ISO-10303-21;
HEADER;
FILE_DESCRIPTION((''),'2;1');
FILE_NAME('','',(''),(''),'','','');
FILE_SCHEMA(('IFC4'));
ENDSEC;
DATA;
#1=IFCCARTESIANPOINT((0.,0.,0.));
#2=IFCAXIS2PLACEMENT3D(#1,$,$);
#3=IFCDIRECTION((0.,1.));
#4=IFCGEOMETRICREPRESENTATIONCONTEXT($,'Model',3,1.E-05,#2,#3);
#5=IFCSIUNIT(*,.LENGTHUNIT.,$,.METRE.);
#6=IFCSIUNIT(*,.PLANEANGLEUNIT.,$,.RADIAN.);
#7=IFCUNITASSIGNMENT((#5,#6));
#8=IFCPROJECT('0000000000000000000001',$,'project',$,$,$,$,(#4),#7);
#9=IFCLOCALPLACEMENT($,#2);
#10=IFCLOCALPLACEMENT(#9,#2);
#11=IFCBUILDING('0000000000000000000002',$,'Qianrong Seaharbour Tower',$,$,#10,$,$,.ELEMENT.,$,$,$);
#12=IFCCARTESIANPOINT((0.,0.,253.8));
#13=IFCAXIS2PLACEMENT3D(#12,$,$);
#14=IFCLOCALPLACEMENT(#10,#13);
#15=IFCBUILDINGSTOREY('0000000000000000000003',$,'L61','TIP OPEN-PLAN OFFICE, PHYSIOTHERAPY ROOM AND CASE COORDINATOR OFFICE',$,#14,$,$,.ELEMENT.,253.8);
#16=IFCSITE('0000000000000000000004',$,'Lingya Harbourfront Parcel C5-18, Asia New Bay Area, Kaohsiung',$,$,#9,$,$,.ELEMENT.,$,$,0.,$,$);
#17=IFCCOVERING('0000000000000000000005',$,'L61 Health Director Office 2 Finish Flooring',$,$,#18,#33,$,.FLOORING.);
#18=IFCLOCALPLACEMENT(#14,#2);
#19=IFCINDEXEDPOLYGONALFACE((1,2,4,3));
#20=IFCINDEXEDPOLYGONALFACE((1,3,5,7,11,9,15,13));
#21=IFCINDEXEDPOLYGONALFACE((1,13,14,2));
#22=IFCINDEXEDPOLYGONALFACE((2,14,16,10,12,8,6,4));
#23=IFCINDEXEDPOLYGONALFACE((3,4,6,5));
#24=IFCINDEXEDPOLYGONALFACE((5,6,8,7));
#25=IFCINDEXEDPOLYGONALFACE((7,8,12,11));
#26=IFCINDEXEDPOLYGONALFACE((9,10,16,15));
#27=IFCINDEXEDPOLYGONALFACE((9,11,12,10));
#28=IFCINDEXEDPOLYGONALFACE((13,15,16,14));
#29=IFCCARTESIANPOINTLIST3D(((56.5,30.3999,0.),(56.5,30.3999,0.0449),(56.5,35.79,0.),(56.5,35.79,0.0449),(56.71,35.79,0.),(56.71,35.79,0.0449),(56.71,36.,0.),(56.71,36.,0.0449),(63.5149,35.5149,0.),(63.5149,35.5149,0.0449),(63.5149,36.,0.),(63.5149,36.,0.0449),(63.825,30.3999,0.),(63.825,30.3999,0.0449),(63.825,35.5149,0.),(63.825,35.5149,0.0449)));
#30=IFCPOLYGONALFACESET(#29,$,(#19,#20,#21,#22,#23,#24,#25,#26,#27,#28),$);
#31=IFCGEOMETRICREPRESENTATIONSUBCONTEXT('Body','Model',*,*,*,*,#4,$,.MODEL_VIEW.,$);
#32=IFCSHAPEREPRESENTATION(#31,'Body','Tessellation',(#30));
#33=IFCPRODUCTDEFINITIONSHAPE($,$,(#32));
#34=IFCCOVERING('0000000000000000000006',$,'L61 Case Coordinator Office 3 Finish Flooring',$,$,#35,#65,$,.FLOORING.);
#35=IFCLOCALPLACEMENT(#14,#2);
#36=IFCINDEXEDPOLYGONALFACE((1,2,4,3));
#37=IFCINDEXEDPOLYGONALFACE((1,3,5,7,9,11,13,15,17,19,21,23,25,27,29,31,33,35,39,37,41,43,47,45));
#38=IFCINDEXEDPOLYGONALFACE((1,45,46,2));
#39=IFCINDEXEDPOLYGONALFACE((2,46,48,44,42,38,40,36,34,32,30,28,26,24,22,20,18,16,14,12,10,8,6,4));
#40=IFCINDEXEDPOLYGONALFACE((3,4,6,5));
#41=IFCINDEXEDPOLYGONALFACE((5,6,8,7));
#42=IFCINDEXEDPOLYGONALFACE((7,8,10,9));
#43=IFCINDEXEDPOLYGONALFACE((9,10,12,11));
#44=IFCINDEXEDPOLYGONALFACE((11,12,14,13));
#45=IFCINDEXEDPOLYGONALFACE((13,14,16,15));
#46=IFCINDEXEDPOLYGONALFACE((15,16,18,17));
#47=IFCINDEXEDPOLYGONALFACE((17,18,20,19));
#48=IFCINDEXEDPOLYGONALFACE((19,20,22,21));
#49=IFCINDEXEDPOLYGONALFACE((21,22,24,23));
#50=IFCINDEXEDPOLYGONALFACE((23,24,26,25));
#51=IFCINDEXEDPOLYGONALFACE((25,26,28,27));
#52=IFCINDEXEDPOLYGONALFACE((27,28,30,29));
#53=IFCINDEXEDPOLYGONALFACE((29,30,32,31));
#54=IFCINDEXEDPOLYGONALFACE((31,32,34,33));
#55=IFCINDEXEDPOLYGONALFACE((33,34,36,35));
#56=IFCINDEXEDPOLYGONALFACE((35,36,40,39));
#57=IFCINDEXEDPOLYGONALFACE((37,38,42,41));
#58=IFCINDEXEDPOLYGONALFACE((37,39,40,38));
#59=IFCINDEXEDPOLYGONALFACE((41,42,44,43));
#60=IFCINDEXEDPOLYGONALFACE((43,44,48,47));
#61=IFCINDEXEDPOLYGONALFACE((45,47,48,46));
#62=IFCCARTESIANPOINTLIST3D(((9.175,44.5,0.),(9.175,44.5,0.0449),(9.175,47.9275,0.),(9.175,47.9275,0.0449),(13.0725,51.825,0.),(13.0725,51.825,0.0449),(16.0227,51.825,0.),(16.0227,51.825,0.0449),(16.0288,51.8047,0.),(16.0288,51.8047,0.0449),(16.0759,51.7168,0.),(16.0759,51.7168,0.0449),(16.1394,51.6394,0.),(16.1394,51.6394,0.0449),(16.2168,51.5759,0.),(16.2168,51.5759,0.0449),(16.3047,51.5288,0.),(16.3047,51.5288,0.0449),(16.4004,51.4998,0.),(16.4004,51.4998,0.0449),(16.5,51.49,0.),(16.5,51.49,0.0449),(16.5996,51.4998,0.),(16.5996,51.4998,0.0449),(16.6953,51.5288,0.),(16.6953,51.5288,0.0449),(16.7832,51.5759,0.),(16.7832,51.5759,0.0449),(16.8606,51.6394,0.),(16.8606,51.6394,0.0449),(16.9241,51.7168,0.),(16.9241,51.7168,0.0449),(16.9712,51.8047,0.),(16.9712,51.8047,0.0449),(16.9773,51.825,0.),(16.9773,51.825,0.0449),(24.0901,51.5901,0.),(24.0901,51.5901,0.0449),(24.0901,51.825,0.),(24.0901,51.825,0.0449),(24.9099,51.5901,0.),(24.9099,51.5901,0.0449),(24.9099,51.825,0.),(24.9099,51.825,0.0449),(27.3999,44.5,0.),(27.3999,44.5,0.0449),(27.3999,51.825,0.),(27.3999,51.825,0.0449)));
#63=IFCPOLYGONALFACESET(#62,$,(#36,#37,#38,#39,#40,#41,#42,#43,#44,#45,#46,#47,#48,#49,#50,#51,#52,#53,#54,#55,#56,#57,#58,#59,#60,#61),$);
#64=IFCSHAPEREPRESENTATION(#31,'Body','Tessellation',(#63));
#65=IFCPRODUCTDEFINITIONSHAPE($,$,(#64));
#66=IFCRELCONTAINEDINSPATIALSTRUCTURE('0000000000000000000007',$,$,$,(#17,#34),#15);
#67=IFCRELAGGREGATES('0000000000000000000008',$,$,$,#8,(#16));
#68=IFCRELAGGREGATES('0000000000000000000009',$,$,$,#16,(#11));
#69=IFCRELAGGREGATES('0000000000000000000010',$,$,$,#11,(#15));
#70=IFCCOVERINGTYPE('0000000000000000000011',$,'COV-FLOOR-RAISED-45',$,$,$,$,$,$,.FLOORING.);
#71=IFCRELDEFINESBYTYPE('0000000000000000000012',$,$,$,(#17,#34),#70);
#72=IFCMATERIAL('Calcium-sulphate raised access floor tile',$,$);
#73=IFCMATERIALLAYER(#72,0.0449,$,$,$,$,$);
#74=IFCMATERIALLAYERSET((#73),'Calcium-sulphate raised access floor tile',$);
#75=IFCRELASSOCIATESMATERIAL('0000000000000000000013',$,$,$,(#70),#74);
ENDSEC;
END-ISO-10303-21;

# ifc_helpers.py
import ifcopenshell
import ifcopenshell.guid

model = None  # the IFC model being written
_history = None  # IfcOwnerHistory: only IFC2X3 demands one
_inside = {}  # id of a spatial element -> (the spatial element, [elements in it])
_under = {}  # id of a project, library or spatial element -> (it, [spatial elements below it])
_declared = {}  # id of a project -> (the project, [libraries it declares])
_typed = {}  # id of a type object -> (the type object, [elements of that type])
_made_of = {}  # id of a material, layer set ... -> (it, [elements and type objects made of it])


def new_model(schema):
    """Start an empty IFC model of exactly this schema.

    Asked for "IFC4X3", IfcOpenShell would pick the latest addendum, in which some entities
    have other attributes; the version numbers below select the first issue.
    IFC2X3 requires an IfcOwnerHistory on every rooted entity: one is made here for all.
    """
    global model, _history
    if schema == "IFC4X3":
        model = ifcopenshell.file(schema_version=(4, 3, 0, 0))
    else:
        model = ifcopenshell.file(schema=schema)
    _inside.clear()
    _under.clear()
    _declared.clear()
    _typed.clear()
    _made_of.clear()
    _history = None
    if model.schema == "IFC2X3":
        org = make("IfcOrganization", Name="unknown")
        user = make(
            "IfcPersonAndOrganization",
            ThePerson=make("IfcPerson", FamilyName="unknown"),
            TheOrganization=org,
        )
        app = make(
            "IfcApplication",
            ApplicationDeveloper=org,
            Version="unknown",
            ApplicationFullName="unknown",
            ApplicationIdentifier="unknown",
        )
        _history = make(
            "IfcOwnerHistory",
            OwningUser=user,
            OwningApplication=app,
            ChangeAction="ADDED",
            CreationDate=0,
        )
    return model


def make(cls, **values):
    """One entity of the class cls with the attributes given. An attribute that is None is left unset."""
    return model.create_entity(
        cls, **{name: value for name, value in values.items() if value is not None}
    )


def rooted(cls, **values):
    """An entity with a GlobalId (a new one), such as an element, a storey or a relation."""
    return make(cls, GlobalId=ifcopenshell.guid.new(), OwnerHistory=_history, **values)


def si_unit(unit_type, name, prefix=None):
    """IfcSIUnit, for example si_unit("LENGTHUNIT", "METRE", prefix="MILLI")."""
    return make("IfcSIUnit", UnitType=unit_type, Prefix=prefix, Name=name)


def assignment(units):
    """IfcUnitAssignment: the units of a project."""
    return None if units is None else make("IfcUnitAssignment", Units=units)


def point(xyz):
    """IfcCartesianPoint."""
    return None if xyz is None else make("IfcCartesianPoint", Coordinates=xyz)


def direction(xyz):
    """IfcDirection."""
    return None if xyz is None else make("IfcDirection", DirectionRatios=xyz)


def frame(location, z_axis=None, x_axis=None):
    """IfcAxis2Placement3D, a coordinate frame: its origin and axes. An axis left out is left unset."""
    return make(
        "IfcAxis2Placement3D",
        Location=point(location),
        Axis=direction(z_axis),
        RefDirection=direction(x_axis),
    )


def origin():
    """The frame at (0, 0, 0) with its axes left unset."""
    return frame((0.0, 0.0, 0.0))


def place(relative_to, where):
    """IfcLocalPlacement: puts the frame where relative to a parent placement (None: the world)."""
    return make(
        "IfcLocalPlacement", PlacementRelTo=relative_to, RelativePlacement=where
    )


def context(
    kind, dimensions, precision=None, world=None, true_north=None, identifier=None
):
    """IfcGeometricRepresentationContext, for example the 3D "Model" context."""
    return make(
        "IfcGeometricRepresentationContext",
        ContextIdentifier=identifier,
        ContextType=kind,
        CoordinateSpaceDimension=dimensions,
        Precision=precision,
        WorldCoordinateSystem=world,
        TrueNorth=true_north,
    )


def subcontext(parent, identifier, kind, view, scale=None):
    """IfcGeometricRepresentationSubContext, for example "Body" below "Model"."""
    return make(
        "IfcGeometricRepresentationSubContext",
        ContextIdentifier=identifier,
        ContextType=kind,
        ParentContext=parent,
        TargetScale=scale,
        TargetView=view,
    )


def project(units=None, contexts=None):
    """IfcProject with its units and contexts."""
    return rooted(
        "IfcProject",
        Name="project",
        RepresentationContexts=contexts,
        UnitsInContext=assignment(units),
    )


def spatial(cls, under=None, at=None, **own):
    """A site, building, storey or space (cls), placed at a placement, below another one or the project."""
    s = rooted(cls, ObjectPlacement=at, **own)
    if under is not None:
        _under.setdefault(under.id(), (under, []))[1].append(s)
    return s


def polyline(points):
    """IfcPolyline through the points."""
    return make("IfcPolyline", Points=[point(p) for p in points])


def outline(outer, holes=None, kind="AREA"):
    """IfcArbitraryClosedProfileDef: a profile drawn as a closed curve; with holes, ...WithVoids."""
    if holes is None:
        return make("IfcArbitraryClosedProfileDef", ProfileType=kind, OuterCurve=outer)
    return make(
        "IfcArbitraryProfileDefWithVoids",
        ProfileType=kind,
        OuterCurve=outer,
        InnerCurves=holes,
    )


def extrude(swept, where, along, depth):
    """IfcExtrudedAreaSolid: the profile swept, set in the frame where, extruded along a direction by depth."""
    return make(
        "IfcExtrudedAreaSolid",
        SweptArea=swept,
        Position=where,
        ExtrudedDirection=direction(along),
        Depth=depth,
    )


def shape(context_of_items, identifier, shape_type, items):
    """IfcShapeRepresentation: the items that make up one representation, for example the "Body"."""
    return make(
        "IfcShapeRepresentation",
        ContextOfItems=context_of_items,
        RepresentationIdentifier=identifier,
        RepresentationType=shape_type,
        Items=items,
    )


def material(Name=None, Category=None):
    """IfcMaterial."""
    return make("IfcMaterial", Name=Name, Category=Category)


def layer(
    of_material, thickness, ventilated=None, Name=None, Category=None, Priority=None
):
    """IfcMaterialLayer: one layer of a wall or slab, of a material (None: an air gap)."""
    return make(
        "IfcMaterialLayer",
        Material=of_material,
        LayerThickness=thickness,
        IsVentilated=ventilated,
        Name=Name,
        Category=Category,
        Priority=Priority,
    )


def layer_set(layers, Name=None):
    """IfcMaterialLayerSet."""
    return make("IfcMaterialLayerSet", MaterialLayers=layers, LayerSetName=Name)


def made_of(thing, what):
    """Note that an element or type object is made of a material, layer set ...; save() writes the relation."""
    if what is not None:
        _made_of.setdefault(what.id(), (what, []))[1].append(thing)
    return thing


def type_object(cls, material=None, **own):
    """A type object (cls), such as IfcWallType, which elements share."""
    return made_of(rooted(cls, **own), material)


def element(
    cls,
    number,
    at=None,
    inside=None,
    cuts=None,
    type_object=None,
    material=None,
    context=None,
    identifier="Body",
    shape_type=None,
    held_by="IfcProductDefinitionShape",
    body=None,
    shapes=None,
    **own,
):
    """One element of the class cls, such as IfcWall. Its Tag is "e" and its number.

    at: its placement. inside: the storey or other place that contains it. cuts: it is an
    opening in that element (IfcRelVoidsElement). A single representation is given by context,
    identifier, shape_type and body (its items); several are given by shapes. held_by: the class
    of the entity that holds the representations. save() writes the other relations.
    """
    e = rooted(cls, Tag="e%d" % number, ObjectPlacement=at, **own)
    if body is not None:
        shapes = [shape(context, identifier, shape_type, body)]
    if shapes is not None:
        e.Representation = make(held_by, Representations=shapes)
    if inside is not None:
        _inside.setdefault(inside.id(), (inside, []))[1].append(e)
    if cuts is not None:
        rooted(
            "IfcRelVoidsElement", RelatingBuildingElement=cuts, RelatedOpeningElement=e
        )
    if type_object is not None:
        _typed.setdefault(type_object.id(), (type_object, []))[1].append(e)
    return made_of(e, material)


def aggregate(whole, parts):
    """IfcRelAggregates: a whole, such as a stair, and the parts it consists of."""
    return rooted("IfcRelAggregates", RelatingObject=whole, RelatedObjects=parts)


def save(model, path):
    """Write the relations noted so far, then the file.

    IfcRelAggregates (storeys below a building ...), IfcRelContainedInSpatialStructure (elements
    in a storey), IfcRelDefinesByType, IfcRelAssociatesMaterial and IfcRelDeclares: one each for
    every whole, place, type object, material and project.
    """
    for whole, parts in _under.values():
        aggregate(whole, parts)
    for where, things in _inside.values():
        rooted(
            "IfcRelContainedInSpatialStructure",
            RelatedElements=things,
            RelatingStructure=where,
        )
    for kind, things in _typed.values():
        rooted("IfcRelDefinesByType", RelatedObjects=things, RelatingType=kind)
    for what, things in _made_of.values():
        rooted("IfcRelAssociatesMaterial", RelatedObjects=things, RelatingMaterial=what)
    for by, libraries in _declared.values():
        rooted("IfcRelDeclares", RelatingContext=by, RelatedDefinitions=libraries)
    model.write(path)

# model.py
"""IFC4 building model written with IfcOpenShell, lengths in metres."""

from ifc_helpers import new_model, si_unit, direction, frame, origin, place, context, subcontext, project, spatial, polyline, outline, extrude, material, layer, layer_set, type_object, element, save


model = new_model("IFC4")

# Units and contexts
model_context = context("Model", 3, precision=1e-05, world=origin(), true_north=direction((0.0, 1.0)))
body_context = subcontext(model_context, "Body", "Model", "MODEL_VIEW")
ifc_project = project(units=[si_unit("LENGTHUNIT", "METRE"), si_unit("PLANEANGLEUNIT", "RADIAN")], contexts=[model_context])

# Site, building, storey
site_placement = place(None, origin())
site = spatial("IfcSite", under=ifc_project, at=site_placement, Name="Lingya Harbourfront Parcel C5-18, Asia New Bay Area, Kaohsiung", CompositionType="ELEMENT", RefElevation=0.0)
building_placement = place(site_placement, origin())
building = spatial("IfcBuilding", under=site, at=building_placement, Name="Qianrong Seaharbour Tower", CompositionType="ELEMENT")
storey_placement = place(building_placement, frame((0.0, 0.0, 253.8)))
storey = spatial("IfcBuildingStorey", under=building, at=storey_placement, Name="L61", Description="TIP OPEN-PLAN OFFICE, PHYSIOTHERAPY ROOM AND CASE COORDINATOR OFFICE", CompositionType="ELEMENT", Elevation=253.8)

# Coverings
ifc_material_1 = material(Name="Calcium-sulphate raised access floor tile")
ifc_layer_1 = layer(ifc_material_1, 0.0449)
ifc_layer_set_1 = layer_set([ifc_layer_1], Name="Calcium-sulphate raised access floor tile")
covering_type_1 = type_object("IfcCoveringType", Name="COV-FLOOR-RAISED-45", PredefinedType="FLOORING", material=ifc_layer_set_1)
covering_1_placement = place(storey_placement, origin())
element("IfcCovering", 1, at=covering_1_placement, inside=storey, type_object=covering_type_1, Name="L61 Health Director Office 2 Finish Flooring", PredefinedType="FLOORING", context=body_context, shape_type="SweptSolid", body=[
    extrude(outline(polyline([(63.825, 30.3999), (56.5, 30.3999), (56.5, 35.79), (56.71, 35.79), (56.71, 36.0), (63.5149, 36.0), (63.5149, 35.5149), (63.825, 35.5149), (63.825, 30.3999)])), origin(), (0.0, 0.0, 1.0), 0.0449),
])
covering_2_placement = place(storey_placement, origin())
element("IfcCovering", 2, at=covering_2_placement, inside=storey, type_object=covering_type_1, Name="L61 Case Coordinator Office 3 Finish Flooring", PredefinedType="FLOORING", context=body_context, shape_type="SweptSolid", body=[
    extrude(outline(polyline([(9.175, 47.9275), (13.0725, 51.825), (16.0227, 51.825), (16.0288, 51.8047), (16.0759, 51.7168), (16.1394, 51.6394), (16.2168, 51.5759), (16.3047, 51.5288), (16.4004, 51.4998), (16.5, 51.49), (16.5996, 51.4998), (16.6953, 51.5288), (16.7832, 51.5759), (16.8606, 51.6394), (16.9241, 51.7168), (16.9712, 51.8047), (16.9773, 51.825), (24.0901, 51.825), (24.0901, 51.5901), (24.9099, 51.5901), (24.9099, 51.825), (27.3999, 51.825), (27.3999, 44.5), (9.175, 44.5), (9.175, 47.9275)])), origin(), (0.0, 0.0, 1.0), 0.0449),
])

save(model, "model.ifc")
